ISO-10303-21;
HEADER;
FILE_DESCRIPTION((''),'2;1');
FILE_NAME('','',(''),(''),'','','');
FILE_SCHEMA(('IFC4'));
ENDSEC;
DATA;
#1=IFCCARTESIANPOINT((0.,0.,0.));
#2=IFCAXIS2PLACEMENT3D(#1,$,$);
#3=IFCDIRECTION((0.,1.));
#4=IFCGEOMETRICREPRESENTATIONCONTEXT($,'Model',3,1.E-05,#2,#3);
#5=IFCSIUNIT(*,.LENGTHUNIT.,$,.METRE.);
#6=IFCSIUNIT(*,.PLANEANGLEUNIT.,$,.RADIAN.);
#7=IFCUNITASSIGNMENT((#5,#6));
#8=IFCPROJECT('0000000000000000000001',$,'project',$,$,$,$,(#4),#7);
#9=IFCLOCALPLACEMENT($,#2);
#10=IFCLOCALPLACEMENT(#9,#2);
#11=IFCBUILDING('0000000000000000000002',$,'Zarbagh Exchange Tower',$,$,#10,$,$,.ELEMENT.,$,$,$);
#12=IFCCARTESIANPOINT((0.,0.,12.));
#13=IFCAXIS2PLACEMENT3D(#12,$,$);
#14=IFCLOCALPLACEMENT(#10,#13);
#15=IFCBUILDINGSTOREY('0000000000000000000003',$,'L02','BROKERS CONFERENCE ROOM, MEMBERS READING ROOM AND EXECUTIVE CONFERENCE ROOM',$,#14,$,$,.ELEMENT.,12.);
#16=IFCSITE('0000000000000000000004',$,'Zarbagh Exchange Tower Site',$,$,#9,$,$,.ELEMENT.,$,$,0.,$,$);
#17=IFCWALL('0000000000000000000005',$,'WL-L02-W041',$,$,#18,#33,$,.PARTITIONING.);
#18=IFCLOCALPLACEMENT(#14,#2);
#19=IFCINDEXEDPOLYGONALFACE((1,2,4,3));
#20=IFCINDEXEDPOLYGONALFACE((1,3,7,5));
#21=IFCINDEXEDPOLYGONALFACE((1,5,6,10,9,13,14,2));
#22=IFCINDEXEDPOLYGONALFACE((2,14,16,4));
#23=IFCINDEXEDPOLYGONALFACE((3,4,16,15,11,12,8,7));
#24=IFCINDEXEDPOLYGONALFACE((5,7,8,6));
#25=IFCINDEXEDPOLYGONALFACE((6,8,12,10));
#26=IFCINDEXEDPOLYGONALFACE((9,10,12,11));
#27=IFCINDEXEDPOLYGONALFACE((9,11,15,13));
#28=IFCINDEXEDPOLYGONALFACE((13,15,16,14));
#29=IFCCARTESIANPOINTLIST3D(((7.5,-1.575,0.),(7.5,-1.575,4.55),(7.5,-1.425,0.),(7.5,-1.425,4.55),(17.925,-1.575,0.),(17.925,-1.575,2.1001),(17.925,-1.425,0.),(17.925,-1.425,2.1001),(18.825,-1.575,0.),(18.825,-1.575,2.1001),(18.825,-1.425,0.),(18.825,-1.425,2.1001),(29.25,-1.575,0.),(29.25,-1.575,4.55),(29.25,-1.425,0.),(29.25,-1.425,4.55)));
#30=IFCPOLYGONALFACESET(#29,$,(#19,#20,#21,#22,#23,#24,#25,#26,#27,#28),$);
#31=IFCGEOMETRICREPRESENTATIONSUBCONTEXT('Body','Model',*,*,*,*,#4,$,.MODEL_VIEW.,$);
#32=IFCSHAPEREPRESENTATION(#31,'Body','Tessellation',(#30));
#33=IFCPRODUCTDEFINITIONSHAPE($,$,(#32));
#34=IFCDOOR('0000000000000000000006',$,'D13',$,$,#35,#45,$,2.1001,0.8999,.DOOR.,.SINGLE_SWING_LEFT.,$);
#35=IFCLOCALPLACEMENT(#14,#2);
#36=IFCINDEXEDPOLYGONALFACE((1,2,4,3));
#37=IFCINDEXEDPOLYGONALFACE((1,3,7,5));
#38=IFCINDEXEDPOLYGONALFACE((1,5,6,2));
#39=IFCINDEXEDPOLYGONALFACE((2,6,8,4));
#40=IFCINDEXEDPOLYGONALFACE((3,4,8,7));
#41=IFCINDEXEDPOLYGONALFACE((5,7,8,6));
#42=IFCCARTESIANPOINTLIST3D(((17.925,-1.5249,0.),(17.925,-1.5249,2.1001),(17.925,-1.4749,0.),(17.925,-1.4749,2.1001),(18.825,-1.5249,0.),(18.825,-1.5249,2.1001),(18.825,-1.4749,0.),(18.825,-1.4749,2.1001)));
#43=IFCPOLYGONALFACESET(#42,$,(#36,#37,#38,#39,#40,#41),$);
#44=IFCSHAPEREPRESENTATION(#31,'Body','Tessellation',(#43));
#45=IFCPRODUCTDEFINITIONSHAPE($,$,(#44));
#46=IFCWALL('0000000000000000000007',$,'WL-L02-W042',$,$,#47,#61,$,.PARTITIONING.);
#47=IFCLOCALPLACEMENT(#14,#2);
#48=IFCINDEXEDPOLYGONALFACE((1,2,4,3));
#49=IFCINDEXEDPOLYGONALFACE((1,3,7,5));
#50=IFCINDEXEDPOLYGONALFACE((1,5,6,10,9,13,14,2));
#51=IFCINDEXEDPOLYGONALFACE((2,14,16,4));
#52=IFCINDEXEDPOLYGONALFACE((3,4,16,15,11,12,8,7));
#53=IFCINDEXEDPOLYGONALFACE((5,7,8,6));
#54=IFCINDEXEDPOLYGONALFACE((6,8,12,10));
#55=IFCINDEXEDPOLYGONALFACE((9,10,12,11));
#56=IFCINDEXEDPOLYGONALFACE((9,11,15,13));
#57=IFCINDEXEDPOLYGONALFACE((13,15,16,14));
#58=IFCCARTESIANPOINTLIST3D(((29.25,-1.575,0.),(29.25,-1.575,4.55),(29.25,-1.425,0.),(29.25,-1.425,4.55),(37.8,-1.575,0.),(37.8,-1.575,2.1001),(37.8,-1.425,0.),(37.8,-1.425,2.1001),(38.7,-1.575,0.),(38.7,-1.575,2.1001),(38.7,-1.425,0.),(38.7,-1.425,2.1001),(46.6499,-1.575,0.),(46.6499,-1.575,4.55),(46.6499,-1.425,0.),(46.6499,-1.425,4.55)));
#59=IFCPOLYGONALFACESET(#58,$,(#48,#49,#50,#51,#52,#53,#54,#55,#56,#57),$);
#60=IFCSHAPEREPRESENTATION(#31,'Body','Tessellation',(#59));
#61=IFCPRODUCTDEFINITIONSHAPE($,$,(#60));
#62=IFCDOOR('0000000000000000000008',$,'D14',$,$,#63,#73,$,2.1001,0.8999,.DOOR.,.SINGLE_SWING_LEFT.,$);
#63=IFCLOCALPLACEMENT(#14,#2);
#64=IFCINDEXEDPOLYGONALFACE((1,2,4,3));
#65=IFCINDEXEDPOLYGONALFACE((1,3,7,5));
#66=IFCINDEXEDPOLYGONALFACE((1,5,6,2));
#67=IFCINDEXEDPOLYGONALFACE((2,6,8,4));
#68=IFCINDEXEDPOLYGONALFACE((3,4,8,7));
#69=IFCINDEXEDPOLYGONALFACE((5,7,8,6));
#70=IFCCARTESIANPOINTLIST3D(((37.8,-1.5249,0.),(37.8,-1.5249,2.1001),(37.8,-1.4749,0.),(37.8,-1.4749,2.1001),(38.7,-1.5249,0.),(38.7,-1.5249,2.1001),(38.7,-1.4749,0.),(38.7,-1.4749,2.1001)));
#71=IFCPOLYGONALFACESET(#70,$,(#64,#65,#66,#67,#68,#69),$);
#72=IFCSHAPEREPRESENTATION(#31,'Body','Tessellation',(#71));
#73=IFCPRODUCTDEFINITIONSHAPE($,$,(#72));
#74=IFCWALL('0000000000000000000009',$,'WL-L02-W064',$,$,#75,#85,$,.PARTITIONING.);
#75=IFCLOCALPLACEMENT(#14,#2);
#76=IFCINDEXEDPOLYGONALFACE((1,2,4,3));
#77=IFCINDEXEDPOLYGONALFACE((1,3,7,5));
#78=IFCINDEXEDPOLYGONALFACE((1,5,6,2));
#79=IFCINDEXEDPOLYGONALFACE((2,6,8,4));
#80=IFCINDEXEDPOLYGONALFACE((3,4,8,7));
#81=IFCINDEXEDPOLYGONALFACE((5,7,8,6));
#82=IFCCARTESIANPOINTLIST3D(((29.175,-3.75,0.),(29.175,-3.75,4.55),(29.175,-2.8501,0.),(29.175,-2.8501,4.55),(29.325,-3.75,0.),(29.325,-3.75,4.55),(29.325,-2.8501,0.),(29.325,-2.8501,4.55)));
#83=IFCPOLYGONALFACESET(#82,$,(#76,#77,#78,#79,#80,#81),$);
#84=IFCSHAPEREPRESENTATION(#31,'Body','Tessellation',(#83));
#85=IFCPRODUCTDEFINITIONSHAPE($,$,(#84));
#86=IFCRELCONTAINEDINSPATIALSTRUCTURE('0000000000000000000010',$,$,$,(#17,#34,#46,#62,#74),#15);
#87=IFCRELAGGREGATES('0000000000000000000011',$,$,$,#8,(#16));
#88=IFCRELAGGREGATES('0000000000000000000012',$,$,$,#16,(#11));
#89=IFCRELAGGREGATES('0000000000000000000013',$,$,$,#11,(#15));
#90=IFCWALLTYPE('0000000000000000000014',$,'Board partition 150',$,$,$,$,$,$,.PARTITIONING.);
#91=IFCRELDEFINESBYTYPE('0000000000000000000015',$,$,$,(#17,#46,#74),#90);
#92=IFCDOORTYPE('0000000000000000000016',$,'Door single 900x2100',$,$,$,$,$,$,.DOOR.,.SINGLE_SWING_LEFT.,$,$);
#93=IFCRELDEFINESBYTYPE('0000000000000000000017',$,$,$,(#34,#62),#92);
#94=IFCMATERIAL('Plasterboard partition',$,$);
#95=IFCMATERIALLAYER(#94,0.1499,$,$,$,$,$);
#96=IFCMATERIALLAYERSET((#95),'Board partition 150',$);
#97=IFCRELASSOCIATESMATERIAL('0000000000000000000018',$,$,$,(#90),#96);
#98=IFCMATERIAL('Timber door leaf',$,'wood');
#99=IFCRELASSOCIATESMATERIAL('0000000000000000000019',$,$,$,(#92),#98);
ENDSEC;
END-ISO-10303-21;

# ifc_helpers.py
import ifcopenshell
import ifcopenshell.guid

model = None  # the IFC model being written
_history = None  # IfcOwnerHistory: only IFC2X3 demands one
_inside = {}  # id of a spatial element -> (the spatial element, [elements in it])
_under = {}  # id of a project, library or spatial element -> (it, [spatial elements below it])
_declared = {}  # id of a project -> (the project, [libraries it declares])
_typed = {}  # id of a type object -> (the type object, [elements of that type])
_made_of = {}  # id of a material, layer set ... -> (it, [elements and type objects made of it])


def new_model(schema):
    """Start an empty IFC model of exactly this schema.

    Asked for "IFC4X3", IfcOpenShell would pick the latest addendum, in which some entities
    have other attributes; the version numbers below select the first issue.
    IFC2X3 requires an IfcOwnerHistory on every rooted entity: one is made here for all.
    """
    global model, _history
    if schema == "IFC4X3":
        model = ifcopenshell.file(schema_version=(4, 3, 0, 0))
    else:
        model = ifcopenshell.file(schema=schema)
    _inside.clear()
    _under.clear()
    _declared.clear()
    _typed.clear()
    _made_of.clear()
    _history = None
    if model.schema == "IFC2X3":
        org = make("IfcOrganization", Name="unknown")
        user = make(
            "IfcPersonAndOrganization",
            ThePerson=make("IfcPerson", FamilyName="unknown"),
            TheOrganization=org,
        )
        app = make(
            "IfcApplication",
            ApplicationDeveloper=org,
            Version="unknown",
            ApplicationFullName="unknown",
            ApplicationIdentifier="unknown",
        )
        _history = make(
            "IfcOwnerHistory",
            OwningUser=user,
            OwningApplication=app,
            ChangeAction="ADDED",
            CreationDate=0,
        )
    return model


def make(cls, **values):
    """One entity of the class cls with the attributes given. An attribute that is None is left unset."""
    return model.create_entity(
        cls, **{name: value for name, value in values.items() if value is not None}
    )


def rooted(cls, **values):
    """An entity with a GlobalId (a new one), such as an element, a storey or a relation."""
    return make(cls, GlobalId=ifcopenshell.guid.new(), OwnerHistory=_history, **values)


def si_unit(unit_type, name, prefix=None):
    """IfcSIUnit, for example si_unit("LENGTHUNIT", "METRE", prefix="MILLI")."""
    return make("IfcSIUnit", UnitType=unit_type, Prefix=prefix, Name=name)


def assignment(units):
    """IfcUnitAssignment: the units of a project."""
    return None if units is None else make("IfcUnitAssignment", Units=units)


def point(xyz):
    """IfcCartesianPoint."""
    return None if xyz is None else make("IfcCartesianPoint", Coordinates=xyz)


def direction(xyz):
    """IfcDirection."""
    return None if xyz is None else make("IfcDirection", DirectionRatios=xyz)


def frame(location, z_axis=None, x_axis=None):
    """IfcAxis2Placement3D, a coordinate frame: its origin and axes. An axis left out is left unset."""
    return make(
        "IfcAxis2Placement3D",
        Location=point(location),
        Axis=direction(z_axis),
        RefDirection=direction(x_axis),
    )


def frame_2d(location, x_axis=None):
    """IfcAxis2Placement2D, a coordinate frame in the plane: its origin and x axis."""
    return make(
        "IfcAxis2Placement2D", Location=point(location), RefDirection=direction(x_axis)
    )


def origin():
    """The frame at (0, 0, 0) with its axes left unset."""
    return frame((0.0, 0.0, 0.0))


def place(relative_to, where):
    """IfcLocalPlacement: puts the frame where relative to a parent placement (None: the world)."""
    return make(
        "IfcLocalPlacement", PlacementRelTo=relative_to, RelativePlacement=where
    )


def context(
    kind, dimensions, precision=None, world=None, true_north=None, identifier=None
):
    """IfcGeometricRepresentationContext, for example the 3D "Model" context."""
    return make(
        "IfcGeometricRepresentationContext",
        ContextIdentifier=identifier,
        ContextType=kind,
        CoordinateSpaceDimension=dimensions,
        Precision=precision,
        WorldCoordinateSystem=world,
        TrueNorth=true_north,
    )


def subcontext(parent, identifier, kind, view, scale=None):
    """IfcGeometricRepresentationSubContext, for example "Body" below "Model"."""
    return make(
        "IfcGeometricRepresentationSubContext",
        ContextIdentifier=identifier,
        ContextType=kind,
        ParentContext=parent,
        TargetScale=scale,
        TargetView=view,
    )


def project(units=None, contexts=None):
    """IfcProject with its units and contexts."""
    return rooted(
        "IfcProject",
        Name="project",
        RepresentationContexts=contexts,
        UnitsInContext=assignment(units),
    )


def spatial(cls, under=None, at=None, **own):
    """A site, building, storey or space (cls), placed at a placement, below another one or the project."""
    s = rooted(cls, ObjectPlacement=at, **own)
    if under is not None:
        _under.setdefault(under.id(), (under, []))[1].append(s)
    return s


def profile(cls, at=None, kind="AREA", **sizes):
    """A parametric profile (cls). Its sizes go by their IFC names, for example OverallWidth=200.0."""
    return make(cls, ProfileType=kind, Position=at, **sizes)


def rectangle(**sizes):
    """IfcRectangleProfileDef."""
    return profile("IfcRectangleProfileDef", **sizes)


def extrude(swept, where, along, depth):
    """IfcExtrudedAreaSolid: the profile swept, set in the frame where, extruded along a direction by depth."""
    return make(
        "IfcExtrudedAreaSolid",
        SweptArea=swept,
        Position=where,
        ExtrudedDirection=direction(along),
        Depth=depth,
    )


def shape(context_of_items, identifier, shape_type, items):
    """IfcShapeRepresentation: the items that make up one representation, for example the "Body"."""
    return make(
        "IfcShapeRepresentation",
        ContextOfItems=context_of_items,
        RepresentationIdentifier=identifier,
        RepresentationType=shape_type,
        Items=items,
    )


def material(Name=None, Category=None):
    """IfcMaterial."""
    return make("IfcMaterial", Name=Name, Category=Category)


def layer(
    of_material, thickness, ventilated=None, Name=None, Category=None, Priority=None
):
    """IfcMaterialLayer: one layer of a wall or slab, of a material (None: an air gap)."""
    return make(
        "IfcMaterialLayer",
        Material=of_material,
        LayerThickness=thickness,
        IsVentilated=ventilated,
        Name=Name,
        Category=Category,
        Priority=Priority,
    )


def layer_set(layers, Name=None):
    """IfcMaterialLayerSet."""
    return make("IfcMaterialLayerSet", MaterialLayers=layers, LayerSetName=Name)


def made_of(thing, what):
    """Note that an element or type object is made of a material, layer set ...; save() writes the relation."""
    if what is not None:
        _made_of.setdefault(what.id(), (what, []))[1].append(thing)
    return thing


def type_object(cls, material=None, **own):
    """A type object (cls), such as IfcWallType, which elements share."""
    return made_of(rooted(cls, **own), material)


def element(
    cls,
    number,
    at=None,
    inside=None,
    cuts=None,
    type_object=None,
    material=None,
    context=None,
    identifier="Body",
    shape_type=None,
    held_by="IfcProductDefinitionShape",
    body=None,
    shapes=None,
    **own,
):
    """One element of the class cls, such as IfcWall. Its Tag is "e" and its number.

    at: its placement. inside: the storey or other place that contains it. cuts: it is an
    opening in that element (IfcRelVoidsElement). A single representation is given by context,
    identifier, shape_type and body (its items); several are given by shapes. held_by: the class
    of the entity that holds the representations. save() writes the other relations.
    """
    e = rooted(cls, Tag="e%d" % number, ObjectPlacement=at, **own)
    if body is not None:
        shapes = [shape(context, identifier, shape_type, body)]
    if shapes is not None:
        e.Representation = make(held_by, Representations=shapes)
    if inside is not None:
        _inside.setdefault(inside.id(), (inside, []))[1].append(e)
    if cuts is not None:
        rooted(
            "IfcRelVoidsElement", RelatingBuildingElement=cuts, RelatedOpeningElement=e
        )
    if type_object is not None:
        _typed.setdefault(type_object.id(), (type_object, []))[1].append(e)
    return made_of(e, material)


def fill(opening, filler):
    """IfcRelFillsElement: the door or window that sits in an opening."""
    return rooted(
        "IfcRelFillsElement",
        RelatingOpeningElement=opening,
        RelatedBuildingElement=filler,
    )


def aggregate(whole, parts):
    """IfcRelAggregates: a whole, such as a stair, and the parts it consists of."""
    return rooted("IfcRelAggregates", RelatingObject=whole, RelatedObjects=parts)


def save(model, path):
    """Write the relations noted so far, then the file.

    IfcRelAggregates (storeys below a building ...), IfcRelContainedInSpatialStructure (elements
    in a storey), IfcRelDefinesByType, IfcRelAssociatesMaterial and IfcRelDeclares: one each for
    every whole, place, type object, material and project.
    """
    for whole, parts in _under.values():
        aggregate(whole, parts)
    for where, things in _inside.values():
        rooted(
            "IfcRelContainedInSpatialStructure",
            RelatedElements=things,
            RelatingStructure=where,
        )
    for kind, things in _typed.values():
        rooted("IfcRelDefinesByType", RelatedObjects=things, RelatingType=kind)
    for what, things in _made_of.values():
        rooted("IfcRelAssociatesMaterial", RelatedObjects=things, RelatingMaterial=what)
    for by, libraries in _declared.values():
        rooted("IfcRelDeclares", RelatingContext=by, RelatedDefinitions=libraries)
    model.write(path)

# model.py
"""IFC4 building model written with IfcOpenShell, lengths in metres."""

from ifc_helpers import new_model, si_unit, direction, frame, frame_2d, origin, place, context, subcontext, project, spatial, rectangle, extrude, material, layer, layer_set, type_object, element, fill, save


model = new_model("IFC4")

# Units and contexts
model_context = context("Model", 3, precision=1e-05, world=origin(), true_north=direction((0.0, 1.0)))
body_context = subcontext(model_context, "Body", "Model", "MODEL_VIEW")
ifc_project = project(units=[si_unit("LENGTHUNIT", "METRE"), si_unit("PLANEANGLEUNIT", "RADIAN")], contexts=[model_context])

# Site, building, storey
site_placement = place(None, origin())
site = spatial("IfcSite", under=ifc_project, at=site_placement, Name="Zarbagh Exchange Tower Site", CompositionType="ELEMENT", RefElevation=0.0)
building_placement = place(site_placement, origin())
building = spatial("IfcBuilding", under=site, at=building_placement, Name="Zarbagh Exchange Tower", CompositionType="ELEMENT")
storey_placement = place(building_placement, frame((0.0, 0.0, 12.0)))
storey = spatial("IfcBuildingStorey", under=building, at=storey_placement, Name="L02", Description="BROKERS CONFERENCE ROOM, MEMBERS READING ROOM AND EXECUTIVE CONFERENCE ROOM", CompositionType="ELEMENT", Elevation=12.0)

# Shared definitions
ifc_material_1 = material(Name="Plasterboard partition")
ifc_layer_1 = layer(ifc_material_1, 0.1499)
ifc_layer_set_1 = layer_set([ifc_layer_1], Name="Board partition 150")
wall_type = type_object("IfcWallType", Name="Board partition 150", PredefinedType="PARTITIONING", material=ifc_layer_set_1)

# Walls, openings, doors
wall_1_placement = place(storey_placement, frame((29.25, -1.5, 0.0), z_axis=(0.0, 0.0, 1.0), x_axis=(-1.0, 0.0, 0.0)))
wall_1 = element("IfcWall", 1, at=wall_1_placement, inside=storey, type_object=wall_type, Name="WL-L02-W041", PredefinedType="PARTITIONING", context=body_context, shape_type="SweptSolid", body=[
    extrude(rectangle(XDim=21.75, YDim=0.1499, at=frame_2d((10.875, 0.0))), origin(), (0.0, 0.0, 1.0), 4.55),
])
opening_1_placement = place(wall_1_placement, frame((10.425, 0.0, 0.0)))
opening_1 = element("IfcOpeningElement", 2, at=opening_1_placement, cuts=wall_1, PredefinedType="OPENING", context=body_context, shape_type="SweptSolid", body=[
    extrude(rectangle(XDim=0.8999, YDim=2.1001, at=frame_2d((0.45, 1.05))), frame((0.0, 0.085, 0.0), z_axis=(0.0, -1.0, 0.0), x_axis=(1.0, 0.0, 0.0)), (0.0, 0.0, 1.0), 0.1699),
])
ifc_material_2 = material(Name="Timber door leaf", Category="wood")
door_type = type_object("IfcDoorType", Name="Door single 900x2100", OperationType="SINGLE_SWING_LEFT", PredefinedType="DOOR", material=ifc_material_2)
door_1_placement = place(opening_1_placement, origin())
door_1 = element("IfcDoor", 3, at=door_1_placement, inside=storey, type_object=door_type, Name="D13", OperationType="SINGLE_SWING_LEFT", OverallHeight=2.1001, OverallWidth=0.8999, PredefinedType="DOOR", context=body_context, shape_type="SweptSolid", body=[
    extrude(rectangle(XDim=0.8999, YDim=2.1001, at=frame_2d((0.45, 1.05))), frame((0.0, 0.0249, 0.0), z_axis=(0.0, -1.0, 0.0), x_axis=(1.0, 0.0, 0.0)), (0.0, 0.0, 1.0), 0.05),
])
fill(opening_1, door_1)
wall_2_placement = place(storey_placement, frame((46.6499, -1.5, 0.0), z_axis=(0.0, 0.0, 1.0), x_axis=(-1.0, 0.0, 0.0)))
wall_2 = element("IfcWall", 4, at=wall_2_placement, inside=storey, type_object=wall_type, Name="WL-L02-W042", PredefinedType="PARTITIONING", context=body_context, shape_type="SweptSolid", body=[
    extrude(rectangle(XDim=17.3999, YDim=0.1499, at=frame_2d((8.7, 0.0))), origin(), (0.0, 0.0, 1.0), 4.55),
])
opening_2_placement = place(wall_2_placement, frame((7.95, 0.0, 0.0)))
opening_2 = element("IfcOpeningElement", 5, at=opening_2_placement, cuts=wall_2, PredefinedType="OPENING", context=body_context, shape_type="SweptSolid", body=[
    extrude(rectangle(XDim=0.8999, YDim=2.1001, at=frame_2d((0.45, 1.05))), frame((0.0, 0.085, 0.0), z_axis=(0.0, -1.0, 0.0), x_axis=(1.0, 0.0, 0.0)), (0.0, 0.0, 1.0), 0.1699),
])
door_2_placement = place(opening_2_placement, origin())
door_2 = element("IfcDoor", 6, at=door_2_placement, inside=storey, type_object=door_type, Name="D14", OperationType="SINGLE_SWING_LEFT", OverallHeight=2.1001, OverallWidth=0.8999, PredefinedType="DOOR", context=body_context, shape_type="SweptSolid", body=[
    extrude(rectangle(XDim=0.8999, YDim=2.1001, at=frame_2d((0.45, 1.05))), frame((0.0, 0.0249, 0.0), z_axis=(0.0, -1.0, 0.0), x_axis=(1.0, 0.0, 0.0)), (0.0, 0.0, 1.0), 0.05),
])
fill(opening_2, door_2)

# Wall
wall_3_placement = place(storey_placement, frame((29.25, -2.8501, 0.0), z_axis=(0.0, 0.0, 1.0), x_axis=(0.0, -1.0, 0.0)))
element("IfcWall", 7, at=wall_3_placement, inside=storey, type_object=wall_type, Name="WL-L02-W064", PredefinedType="PARTITIONING", context=body_context, shape_type="SweptSolid", body=[
    extrude(rectangle(XDim=0.8999, YDim=0.1499, at=frame_2d((0.45, 0.0))), origin(), (0.0, 0.0, 1.0), 4.55),
])

save(model, "model.ifc")
